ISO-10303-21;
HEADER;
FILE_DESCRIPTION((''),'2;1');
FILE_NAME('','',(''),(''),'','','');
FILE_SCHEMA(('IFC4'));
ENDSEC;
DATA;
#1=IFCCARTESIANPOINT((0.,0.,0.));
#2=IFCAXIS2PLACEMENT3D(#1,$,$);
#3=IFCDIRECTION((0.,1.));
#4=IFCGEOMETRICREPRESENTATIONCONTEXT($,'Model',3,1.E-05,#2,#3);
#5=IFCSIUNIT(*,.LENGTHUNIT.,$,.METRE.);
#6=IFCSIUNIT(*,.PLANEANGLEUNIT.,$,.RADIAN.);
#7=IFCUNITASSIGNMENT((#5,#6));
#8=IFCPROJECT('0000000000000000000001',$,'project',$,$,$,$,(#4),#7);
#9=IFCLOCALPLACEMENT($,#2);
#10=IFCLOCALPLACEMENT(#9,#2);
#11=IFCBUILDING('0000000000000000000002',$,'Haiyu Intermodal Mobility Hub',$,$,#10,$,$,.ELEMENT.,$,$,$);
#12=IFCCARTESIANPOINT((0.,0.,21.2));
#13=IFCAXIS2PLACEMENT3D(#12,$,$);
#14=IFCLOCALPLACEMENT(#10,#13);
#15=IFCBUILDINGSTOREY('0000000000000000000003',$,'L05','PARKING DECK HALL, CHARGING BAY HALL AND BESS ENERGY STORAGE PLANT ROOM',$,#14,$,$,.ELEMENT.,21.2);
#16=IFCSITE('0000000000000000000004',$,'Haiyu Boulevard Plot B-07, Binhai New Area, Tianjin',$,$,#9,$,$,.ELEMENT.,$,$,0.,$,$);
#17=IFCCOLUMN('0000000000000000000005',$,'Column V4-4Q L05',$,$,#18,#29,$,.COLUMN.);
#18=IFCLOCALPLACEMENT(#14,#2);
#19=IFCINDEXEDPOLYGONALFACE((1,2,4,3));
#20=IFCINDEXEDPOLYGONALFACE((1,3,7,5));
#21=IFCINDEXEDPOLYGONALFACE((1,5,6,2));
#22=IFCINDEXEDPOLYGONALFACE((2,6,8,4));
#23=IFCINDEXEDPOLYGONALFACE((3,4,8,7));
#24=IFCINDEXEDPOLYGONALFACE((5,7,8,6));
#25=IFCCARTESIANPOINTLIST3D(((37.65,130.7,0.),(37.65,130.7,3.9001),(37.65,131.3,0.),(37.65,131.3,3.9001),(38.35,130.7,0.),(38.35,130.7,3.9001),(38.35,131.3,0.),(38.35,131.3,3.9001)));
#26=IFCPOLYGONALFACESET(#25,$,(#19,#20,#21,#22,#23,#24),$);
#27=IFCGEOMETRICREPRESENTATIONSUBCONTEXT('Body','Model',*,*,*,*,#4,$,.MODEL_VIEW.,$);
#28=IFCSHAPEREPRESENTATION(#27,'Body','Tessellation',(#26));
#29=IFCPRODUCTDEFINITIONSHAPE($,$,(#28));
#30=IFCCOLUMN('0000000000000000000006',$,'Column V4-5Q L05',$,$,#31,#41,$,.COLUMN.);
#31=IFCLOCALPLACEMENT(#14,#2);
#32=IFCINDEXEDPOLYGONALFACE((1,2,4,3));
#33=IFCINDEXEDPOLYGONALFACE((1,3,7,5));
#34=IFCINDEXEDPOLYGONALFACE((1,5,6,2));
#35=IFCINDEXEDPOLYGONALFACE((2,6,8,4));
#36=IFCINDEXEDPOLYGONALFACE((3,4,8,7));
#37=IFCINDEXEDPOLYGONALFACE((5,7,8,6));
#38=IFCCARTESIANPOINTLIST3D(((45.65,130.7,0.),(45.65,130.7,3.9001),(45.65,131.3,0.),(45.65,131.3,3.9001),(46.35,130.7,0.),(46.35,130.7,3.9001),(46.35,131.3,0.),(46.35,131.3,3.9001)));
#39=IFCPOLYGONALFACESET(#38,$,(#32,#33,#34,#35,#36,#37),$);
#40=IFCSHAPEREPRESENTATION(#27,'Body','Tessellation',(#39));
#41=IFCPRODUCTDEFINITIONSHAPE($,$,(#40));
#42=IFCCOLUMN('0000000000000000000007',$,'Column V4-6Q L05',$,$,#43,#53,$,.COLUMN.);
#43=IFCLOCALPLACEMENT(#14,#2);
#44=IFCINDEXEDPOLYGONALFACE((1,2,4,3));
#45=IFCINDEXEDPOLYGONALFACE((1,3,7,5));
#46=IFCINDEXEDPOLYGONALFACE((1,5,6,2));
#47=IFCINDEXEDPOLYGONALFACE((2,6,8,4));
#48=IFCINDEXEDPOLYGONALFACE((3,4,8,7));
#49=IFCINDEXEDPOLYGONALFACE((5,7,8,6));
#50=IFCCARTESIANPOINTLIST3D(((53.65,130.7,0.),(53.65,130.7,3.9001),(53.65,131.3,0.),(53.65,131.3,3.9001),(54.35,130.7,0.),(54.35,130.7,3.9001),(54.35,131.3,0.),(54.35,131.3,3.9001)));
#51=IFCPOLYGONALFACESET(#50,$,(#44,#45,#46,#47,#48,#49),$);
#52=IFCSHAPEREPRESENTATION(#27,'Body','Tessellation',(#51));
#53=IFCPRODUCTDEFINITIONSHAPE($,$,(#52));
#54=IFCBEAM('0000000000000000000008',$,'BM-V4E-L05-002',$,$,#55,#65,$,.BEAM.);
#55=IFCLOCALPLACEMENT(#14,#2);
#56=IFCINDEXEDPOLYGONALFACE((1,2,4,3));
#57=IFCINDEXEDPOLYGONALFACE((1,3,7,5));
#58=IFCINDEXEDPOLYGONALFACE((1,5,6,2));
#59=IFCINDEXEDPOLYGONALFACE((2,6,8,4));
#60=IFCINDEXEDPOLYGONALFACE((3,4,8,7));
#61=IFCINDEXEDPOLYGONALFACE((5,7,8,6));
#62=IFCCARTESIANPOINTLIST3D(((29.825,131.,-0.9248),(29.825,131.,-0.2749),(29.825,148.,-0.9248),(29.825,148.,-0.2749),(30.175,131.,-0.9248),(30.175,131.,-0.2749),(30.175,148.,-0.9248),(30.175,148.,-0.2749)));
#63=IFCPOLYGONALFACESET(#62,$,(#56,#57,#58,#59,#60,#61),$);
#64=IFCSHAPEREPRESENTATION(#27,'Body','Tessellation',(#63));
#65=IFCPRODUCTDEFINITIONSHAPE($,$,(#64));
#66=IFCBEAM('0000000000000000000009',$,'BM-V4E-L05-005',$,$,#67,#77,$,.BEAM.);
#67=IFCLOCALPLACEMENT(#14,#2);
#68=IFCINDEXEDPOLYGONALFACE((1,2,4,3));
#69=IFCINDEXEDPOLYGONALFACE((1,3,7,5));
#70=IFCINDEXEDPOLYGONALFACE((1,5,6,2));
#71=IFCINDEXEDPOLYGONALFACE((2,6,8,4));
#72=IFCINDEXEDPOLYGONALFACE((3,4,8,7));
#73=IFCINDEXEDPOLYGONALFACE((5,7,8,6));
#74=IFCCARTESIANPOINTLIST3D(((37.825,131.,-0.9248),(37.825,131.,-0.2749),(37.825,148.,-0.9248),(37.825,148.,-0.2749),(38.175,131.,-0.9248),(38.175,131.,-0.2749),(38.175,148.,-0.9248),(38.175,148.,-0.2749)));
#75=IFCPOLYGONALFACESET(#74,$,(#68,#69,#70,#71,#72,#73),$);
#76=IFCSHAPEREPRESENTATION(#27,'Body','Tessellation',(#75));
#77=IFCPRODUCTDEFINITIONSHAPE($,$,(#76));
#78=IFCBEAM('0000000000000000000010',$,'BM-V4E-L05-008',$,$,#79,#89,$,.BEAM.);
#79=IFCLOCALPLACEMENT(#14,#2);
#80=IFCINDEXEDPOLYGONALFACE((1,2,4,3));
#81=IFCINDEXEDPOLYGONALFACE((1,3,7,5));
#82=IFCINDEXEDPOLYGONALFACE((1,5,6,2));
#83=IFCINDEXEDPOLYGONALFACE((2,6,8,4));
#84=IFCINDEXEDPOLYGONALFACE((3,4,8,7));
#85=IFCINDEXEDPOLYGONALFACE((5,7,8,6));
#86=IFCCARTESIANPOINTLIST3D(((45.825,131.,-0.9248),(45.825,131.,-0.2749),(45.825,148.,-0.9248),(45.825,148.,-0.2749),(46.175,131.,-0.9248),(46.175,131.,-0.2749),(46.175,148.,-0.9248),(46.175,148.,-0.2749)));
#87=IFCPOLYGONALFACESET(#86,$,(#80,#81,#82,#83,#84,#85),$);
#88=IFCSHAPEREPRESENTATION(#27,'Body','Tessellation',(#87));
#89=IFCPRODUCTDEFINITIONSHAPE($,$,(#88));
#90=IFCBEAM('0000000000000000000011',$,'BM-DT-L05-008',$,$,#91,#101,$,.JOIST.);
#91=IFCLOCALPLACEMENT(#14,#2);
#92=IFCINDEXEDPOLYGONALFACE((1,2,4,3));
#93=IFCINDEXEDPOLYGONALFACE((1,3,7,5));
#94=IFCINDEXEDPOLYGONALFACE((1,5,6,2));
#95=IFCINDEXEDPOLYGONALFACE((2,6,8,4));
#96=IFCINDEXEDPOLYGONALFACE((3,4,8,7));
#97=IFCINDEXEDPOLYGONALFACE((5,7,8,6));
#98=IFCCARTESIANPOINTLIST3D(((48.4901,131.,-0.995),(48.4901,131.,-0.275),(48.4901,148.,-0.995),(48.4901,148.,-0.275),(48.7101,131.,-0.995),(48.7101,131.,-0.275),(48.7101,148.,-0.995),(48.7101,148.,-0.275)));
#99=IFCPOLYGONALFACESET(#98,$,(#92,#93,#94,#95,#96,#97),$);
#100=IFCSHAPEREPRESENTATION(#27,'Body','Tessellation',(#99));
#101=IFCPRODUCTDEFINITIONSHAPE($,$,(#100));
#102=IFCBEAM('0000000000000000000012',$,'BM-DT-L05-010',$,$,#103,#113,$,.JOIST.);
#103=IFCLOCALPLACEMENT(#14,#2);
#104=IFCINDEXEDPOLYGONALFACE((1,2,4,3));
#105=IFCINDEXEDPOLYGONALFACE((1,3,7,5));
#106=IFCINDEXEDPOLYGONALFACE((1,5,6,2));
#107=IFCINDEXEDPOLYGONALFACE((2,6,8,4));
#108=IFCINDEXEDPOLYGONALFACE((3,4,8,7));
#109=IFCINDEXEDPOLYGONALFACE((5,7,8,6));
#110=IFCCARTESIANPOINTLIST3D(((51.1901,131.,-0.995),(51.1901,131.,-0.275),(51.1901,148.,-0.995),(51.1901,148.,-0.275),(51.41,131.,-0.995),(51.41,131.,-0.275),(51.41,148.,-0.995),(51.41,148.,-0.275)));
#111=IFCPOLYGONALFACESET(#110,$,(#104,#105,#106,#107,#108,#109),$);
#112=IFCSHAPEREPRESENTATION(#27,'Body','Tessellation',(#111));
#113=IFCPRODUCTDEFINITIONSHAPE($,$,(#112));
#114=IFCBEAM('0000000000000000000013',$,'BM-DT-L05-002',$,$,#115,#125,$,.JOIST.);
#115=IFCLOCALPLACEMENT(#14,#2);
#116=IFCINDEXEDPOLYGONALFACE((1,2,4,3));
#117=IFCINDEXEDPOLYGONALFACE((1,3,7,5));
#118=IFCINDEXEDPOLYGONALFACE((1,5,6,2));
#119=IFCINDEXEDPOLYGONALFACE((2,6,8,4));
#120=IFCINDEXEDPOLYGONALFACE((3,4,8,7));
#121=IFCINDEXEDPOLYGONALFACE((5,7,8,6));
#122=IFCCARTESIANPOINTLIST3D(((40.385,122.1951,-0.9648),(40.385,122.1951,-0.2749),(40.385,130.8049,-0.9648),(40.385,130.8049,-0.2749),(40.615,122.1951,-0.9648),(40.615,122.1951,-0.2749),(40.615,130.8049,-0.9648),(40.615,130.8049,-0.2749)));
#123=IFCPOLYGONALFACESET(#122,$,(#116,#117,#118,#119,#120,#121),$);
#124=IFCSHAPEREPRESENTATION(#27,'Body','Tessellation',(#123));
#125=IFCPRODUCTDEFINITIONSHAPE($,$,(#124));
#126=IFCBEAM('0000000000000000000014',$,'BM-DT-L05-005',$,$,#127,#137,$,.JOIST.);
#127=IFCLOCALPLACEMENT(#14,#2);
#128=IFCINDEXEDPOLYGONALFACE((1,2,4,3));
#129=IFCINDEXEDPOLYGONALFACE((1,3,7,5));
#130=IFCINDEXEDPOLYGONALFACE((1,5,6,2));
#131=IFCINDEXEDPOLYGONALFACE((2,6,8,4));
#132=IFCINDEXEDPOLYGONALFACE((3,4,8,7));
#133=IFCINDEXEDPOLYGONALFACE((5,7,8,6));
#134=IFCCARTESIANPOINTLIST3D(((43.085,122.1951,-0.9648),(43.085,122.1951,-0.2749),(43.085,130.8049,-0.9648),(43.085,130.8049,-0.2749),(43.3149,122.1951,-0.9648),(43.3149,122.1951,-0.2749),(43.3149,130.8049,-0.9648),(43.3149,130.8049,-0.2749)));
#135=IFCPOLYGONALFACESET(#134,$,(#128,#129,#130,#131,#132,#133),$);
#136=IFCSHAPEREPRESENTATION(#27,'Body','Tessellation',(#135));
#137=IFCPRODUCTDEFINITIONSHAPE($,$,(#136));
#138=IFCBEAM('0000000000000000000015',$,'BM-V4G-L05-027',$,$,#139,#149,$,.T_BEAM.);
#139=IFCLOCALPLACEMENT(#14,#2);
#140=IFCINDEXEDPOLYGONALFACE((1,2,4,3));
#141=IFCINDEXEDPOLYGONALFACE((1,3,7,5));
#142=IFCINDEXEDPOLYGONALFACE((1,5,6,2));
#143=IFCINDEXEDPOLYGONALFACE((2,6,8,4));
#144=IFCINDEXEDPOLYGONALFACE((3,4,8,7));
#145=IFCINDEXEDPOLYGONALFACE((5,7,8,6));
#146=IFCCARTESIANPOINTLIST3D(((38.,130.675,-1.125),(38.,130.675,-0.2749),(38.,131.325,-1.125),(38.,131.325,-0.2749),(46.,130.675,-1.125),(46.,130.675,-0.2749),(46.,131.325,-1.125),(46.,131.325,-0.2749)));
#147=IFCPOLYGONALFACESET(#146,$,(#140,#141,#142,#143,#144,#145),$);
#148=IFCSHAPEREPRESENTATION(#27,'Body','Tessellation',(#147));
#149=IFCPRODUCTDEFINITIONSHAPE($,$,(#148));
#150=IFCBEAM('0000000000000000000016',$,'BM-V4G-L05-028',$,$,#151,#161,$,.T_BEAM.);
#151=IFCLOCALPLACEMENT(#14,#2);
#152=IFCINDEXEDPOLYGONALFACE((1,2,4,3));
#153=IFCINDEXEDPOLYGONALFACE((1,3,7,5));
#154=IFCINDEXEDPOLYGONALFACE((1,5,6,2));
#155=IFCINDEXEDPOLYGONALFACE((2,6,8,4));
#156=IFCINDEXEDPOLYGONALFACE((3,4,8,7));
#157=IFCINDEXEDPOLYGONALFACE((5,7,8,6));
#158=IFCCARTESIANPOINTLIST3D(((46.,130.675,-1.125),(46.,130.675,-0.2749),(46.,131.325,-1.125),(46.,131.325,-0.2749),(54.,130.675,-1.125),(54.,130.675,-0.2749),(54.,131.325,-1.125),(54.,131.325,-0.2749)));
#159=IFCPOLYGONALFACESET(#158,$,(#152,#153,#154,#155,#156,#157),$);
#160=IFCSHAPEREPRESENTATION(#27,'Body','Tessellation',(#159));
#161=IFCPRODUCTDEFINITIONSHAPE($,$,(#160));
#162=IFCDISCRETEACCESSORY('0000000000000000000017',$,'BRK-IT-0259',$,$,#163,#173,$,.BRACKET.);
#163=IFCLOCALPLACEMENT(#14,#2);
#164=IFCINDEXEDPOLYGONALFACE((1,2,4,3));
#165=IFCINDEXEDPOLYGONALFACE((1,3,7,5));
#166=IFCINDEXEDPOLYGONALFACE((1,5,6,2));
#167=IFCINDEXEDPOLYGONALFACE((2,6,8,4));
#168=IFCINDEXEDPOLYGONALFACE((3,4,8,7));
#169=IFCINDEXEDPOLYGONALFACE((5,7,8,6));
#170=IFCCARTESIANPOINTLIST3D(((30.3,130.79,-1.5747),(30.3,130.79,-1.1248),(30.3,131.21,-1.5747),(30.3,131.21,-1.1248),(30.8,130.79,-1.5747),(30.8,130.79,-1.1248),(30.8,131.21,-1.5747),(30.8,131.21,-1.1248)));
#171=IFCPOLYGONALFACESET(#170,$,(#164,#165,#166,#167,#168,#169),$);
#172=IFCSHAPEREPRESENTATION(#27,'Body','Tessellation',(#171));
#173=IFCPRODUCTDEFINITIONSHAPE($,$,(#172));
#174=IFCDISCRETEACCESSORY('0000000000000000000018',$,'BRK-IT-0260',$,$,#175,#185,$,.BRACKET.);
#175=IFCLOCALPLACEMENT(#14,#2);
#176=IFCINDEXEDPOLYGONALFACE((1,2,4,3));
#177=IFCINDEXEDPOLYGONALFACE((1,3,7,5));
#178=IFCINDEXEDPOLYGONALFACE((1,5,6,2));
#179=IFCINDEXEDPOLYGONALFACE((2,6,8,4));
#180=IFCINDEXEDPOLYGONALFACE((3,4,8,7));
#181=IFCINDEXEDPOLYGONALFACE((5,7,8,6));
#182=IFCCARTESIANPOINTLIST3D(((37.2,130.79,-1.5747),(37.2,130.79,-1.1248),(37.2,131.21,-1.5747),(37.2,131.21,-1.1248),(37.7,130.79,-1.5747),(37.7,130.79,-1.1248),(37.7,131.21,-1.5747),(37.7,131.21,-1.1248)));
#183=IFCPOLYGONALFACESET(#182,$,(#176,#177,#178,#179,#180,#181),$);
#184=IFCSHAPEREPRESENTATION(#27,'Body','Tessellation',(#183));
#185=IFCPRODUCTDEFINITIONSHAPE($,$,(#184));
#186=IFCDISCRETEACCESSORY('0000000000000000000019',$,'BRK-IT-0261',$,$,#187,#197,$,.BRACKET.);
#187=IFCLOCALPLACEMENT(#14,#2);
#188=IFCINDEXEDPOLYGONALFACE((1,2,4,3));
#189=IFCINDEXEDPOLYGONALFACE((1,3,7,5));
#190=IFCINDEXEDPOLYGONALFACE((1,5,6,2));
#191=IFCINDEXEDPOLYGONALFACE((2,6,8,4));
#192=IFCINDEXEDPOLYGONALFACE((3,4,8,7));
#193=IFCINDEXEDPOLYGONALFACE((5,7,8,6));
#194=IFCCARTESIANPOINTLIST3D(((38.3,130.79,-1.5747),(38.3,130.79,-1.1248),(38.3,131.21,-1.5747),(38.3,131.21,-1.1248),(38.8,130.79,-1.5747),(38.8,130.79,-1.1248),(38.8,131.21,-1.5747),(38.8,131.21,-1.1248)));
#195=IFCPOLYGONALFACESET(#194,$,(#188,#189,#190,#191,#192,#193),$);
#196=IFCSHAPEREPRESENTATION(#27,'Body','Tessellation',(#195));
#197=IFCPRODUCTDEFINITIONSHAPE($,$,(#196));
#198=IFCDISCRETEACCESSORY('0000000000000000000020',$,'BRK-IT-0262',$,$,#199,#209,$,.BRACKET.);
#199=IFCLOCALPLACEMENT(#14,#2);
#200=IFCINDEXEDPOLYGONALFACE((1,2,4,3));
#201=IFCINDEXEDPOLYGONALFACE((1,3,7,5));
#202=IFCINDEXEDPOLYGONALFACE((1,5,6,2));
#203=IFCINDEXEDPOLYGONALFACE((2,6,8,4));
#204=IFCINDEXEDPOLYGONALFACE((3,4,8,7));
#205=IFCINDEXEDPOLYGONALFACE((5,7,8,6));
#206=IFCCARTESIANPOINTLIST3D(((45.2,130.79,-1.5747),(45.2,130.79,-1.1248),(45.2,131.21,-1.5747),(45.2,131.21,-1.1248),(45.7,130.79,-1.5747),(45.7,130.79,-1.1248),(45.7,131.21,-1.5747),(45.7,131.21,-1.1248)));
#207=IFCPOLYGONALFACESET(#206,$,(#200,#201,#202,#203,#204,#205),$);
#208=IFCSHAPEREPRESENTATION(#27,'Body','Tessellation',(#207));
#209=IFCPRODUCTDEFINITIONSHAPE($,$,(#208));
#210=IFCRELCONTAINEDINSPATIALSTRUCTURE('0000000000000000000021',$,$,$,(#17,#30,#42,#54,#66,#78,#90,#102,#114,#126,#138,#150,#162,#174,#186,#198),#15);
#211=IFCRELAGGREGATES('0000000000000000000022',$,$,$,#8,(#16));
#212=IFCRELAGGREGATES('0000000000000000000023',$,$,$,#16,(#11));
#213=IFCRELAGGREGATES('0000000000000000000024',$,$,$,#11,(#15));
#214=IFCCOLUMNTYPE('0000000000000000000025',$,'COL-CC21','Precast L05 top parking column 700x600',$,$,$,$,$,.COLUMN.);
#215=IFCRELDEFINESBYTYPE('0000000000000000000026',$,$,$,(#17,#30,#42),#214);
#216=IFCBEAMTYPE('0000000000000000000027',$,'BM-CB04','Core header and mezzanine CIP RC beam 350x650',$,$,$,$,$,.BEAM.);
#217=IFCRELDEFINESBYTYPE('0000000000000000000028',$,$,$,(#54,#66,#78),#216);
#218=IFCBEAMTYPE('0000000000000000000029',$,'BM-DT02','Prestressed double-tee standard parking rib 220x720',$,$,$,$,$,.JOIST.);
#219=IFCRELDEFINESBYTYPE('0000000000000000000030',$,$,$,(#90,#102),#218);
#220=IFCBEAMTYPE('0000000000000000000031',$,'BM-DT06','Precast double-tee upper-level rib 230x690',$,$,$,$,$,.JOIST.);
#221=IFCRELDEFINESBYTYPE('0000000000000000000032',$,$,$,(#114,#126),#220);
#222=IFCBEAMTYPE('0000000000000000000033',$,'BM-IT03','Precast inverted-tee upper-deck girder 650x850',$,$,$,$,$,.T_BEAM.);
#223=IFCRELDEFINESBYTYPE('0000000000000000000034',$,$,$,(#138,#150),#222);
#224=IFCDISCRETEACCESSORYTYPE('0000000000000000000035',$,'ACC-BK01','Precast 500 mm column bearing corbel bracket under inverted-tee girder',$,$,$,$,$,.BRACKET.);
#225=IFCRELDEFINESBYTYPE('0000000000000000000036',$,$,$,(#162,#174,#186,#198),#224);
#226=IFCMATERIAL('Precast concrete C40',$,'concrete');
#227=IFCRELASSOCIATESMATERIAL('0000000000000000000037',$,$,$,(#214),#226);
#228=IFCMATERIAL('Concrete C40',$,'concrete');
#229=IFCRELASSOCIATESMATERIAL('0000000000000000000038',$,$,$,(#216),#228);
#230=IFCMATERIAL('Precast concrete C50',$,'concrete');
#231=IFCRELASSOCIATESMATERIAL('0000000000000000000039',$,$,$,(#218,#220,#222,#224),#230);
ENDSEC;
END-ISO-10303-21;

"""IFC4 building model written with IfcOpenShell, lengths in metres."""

from ifc_helpers import new_model, si_unit, direction, frame, origin, origin_2d, place, context, subcontext, project, spatial, rectangle, extrude, material, material_profile, profile_set, type_object, element, save


model = new_model("IFC4")

# Units and contexts
model_context = context("Model", 3, precision=1e-05, world=origin(), true_north=direction((0.0, 1.0)))
body_context = subcontext(model_context, "Body", "Model", "MODEL_VIEW")
ifc_project = project(units=[si_unit("LENGTHUNIT", "METRE"), si_unit("PLANEANGLEUNIT", "RADIAN")], contexts=[model_context])

# Site, building, storey
site_placement = place(None, origin())
site = spatial("IfcSite", under=ifc_project, at=site_placement, Name="Haiyu Boulevard Plot B-07, Binhai New Area, Tianjin", CompositionType="ELEMENT", RefElevation=0.0)
building_placement = place(site_placement, origin())
building = spatial("IfcBuilding", under=site, at=building_placement, Name="Haiyu Intermodal Mobility Hub", CompositionType="ELEMENT")
storey_placement = place(building_placement, frame((0.0, 0.0, 21.2)))
storey = spatial("IfcBuildingStorey", under=building, at=storey_placement, Name="L05", Description="PARKING DECK HALL, CHARGING BAY HALL AND BESS ENERGY STORAGE PLANT ROOM", CompositionType="ELEMENT", Elevation=21.2)

# Columns
ifc_material_1 = material(Name="Precast concrete C40", Category="concrete")
ifc_material_profile_1 = material_profile(ifc_material_1, rectangle(XDim=0.7, YDim=0.6001, at=origin_2d()), Name="C700x600")
ifc_profile_set_1 = profile_set([ifc_material_profile_1], Name="Precast concrete C40")
column_type = type_object("IfcColumnType", Name="COL-CC21", Description="Precast L05 top parking column 700x600", PredefinedType="COLUMN", material=ifc_profile_set_1)
for number, where, z_axis, x_axis, name in (
    (1, (38.0, 131.0, 0.0), (0.0, 0.0, 1.0), (1.0, 0.0, 0.0), "Column V4-4Q L05"),
    (2, (46.0, 131.0, 0.0), (0.0, 0.0, 1.0), (1.0, 0.0, 0.0), "Column V4-5Q L05"),
    (3, (54.0, 131.0, 0.0), (0.0, 0.0, 1.0), (1.0, 0.0, 0.0), "Column V4-6Q L05"),
):
    element("IfcColumn", number, at=place(storey_placement, frame(where, z_axis=z_axis, x_axis=x_axis)), inside=storey, type_object=column_type, Name=name, PredefinedType="COLUMN", context=body_context, shape_type="SweptSolid", body=[
        extrude(rectangle(XDim=0.7, YDim=0.6001, at=origin_2d()), origin(), (0.0, 0.0, 1.0), 3.9001),
    ])

# Beams
ifc_material_2 = material(Name="Concrete C40", Category="concrete")
ifc_material_profile_2 = material_profile(ifc_material_2, rectangle(XDim=0.3501, YDim=0.6499, at=origin_2d()), Name="RCB350x650")
ifc_profile_set_2 = profile_set([ifc_material_profile_2], Name="Concrete C40")
beam_type_1 = type_object("IfcBeamType", Name="BM-CB04", Description="Core header and mezzanine CIP RC beam 350x650", PredefinedType="BEAM", material=ifc_profile_set_2)
for number, where, z_axis, x_axis, name in (
    (4, (30.0, 131.0, -0.5999), (0.0, 1.0, 0.0), (-1.0, 0.0, 0.0), "BM-V4E-L05-002"),
    (5, (38.0, 131.0, -0.5999), (0.0, 1.0, 0.0), (-1.0, 0.0, 0.0), "BM-V4E-L05-005"),
    (6, (46.0, 131.0, -0.5999), (0.0, 1.0, 0.0), (-1.0, 0.0, 0.0), "BM-V4E-L05-008"),
):
    element("IfcBeam", number, at=place(storey_placement, frame(where, z_axis=z_axis, x_axis=x_axis)), inside=storey, type_object=beam_type_1, Name=name, PredefinedType="BEAM", context=body_context, shape_type="SweptSolid", body=[
        extrude(rectangle(XDim=0.3501, YDim=0.6499, at=origin_2d()), origin(), (0.0, 0.0, 1.0), 17.0),
    ])
ifc_material_3 = material(Name="Precast concrete C50", Category="concrete")
ifc_material_profile_3 = material_profile(ifc_material_3, rectangle(XDim=0.22, YDim=0.72, at=origin_2d()), Name="PC220x720")
ifc_profile_set_3 = profile_set([ifc_material_profile_3], Name="Precast concrete C50")
beam_type_2 = type_object("IfcBeamType", Name="BM-DT02", Description="Prestressed double-tee standard parking rib 220x720", PredefinedType="JOIST", material=ifc_profile_set_3)
for number, where, z_axis, x_axis, name in (
    (7, (48.6001, 131.0, -0.635), (0.0, 1.0, 0.0), (-1.0, 0.0, 0.0), "BM-DT-L05-008"),
    (8, (51.3, 131.0, -0.635), (0.0, 1.0, 0.0), (-1.0, 0.0, 0.0), "BM-DT-L05-010"),
):
    element("IfcBeam", number, at=place(storey_placement, frame(where, z_axis=z_axis, x_axis=x_axis)), inside=storey, type_object=beam_type_2, Name=name, PredefinedType="JOIST", context=body_context, shape_type="SweptSolid", body=[
        extrude(rectangle(XDim=0.22, YDim=0.72, at=origin_2d()), origin(), (0.0, 0.0, 1.0), 17.0),
    ])
ifc_material_profile_4 = material_profile(ifc_material_3, rectangle(XDim=0.23, YDim=0.6899, at=origin_2d()), Name="B230x690")
ifc_profile_set_4 = profile_set([ifc_material_profile_4], Name="Precast concrete C50")
beam_type_3 = type_object("IfcBeamType", Name="BM-DT06", Description="Precast double-tee upper-level rib 230x690", PredefinedType="JOIST", material=ifc_profile_set_4)
for number, where, z_axis, x_axis, name in (
    (9, (40.5, 122.1951, -0.6199), (0.0, 1.0, 0.0), (-1.0, 0.0, 0.0), "BM-DT-L05-002"),
    (10, (43.2, 122.1951, -0.6199), (0.0, 1.0, 0.0), (-1.0, 0.0, 0.0), "BM-DT-L05-005"),
):
    element("IfcBeam", number, at=place(storey_placement, frame(where, z_axis=z_axis, x_axis=x_axis)), inside=storey, type_object=beam_type_3, Name=name, PredefinedType="JOIST", context=body_context, shape_type="SweptSolid", body=[
        extrude(rectangle(XDim=0.23, YDim=0.6899, at=origin_2d()), origin(), (0.0, 0.0, 1.0), 8.6099),
    ])
ifc_material_profile_5 = material_profile(ifc_material_3, rectangle(XDim=0.6499, YDim=0.8501, at=origin_2d()), Name="PC650x850")
ifc_profile_set_5 = profile_set([ifc_material_profile_5], Name="Precast concrete C50")
beam_type_4 = type_object("IfcBeamType", Name="BM-IT03", Description="Precast inverted-tee upper-deck girder 650x850", PredefinedType="T_BEAM", material=ifc_profile_set_5)
for number, where, z_axis, x_axis, name in (
    (11, (38.0, 131.0, -0.7), (1.0, 0.0, 0.0), (0.0, 1.0, 0.0), "BM-V4G-L05-027"),
    (12, (46.0, 131.0, -0.7), (1.0, 0.0, 0.0), (0.0, 1.0, 0.0), "BM-V4G-L05-028"),
):
    element("IfcBeam", number, at=place(storey_placement, frame(where, z_axis=z_axis, x_axis=x_axis)), inside=storey, type_object=beam_type_4, Name=name, PredefinedType="T_BEAM", context=body_context, shape_type="SweptSolid", body=[
        extrude(rectangle(XDim=0.6499, YDim=0.8501, at=origin_2d()), origin(), (0.0, 0.0, 1.0), 8.0),
    ])

# Discrete accessories
discrete_accessory_type_1 = type_object("IfcDiscreteAccessoryType", Name="ACC-BK01", Description="Precast 500 mm column bearing corbel bracket under inverted-tee girder", PredefinedType="BRACKET", material=ifc_material_3)
for number, where, z_axis, x_axis, name in (
    (13, (30.55, 131.0, -1.5747), (0.0, 0.0, 1.0), (1.0, 0.0, 0.0), "BRK-IT-0259"),
    (14, (37.45, 131.0, -1.5747), (0.0, 0.0, 1.0), (1.0, 0.0, 0.0), "BRK-IT-0260"),
    (15, (38.55, 131.0, -1.5747), (0.0, 0.0, 1.0), (1.0, 0.0, 0.0), "BRK-IT-0261"),
    (16, (45.45, 131.0, -1.5747), (0.0, 0.0, 1.0), (1.0, 0.0, 0.0), "BRK-IT-0262"),
):
    element("IfcDiscreteAccessory", number, at=place(storey_placement, frame(where, z_axis=z_axis, x_axis=x_axis)), inside=storey, type_object=discrete_accessory_type_1, Name=name, PredefinedType="BRACKET", context=body_context, shape_type="SweptSolid", body=[
        extrude(rectangle(XDim=0.5, YDim=0.4199, at=origin_2d()), origin(), (0.0, 0.0, 1.0), 0.45),
    ])

save(model, "model.ifc")
